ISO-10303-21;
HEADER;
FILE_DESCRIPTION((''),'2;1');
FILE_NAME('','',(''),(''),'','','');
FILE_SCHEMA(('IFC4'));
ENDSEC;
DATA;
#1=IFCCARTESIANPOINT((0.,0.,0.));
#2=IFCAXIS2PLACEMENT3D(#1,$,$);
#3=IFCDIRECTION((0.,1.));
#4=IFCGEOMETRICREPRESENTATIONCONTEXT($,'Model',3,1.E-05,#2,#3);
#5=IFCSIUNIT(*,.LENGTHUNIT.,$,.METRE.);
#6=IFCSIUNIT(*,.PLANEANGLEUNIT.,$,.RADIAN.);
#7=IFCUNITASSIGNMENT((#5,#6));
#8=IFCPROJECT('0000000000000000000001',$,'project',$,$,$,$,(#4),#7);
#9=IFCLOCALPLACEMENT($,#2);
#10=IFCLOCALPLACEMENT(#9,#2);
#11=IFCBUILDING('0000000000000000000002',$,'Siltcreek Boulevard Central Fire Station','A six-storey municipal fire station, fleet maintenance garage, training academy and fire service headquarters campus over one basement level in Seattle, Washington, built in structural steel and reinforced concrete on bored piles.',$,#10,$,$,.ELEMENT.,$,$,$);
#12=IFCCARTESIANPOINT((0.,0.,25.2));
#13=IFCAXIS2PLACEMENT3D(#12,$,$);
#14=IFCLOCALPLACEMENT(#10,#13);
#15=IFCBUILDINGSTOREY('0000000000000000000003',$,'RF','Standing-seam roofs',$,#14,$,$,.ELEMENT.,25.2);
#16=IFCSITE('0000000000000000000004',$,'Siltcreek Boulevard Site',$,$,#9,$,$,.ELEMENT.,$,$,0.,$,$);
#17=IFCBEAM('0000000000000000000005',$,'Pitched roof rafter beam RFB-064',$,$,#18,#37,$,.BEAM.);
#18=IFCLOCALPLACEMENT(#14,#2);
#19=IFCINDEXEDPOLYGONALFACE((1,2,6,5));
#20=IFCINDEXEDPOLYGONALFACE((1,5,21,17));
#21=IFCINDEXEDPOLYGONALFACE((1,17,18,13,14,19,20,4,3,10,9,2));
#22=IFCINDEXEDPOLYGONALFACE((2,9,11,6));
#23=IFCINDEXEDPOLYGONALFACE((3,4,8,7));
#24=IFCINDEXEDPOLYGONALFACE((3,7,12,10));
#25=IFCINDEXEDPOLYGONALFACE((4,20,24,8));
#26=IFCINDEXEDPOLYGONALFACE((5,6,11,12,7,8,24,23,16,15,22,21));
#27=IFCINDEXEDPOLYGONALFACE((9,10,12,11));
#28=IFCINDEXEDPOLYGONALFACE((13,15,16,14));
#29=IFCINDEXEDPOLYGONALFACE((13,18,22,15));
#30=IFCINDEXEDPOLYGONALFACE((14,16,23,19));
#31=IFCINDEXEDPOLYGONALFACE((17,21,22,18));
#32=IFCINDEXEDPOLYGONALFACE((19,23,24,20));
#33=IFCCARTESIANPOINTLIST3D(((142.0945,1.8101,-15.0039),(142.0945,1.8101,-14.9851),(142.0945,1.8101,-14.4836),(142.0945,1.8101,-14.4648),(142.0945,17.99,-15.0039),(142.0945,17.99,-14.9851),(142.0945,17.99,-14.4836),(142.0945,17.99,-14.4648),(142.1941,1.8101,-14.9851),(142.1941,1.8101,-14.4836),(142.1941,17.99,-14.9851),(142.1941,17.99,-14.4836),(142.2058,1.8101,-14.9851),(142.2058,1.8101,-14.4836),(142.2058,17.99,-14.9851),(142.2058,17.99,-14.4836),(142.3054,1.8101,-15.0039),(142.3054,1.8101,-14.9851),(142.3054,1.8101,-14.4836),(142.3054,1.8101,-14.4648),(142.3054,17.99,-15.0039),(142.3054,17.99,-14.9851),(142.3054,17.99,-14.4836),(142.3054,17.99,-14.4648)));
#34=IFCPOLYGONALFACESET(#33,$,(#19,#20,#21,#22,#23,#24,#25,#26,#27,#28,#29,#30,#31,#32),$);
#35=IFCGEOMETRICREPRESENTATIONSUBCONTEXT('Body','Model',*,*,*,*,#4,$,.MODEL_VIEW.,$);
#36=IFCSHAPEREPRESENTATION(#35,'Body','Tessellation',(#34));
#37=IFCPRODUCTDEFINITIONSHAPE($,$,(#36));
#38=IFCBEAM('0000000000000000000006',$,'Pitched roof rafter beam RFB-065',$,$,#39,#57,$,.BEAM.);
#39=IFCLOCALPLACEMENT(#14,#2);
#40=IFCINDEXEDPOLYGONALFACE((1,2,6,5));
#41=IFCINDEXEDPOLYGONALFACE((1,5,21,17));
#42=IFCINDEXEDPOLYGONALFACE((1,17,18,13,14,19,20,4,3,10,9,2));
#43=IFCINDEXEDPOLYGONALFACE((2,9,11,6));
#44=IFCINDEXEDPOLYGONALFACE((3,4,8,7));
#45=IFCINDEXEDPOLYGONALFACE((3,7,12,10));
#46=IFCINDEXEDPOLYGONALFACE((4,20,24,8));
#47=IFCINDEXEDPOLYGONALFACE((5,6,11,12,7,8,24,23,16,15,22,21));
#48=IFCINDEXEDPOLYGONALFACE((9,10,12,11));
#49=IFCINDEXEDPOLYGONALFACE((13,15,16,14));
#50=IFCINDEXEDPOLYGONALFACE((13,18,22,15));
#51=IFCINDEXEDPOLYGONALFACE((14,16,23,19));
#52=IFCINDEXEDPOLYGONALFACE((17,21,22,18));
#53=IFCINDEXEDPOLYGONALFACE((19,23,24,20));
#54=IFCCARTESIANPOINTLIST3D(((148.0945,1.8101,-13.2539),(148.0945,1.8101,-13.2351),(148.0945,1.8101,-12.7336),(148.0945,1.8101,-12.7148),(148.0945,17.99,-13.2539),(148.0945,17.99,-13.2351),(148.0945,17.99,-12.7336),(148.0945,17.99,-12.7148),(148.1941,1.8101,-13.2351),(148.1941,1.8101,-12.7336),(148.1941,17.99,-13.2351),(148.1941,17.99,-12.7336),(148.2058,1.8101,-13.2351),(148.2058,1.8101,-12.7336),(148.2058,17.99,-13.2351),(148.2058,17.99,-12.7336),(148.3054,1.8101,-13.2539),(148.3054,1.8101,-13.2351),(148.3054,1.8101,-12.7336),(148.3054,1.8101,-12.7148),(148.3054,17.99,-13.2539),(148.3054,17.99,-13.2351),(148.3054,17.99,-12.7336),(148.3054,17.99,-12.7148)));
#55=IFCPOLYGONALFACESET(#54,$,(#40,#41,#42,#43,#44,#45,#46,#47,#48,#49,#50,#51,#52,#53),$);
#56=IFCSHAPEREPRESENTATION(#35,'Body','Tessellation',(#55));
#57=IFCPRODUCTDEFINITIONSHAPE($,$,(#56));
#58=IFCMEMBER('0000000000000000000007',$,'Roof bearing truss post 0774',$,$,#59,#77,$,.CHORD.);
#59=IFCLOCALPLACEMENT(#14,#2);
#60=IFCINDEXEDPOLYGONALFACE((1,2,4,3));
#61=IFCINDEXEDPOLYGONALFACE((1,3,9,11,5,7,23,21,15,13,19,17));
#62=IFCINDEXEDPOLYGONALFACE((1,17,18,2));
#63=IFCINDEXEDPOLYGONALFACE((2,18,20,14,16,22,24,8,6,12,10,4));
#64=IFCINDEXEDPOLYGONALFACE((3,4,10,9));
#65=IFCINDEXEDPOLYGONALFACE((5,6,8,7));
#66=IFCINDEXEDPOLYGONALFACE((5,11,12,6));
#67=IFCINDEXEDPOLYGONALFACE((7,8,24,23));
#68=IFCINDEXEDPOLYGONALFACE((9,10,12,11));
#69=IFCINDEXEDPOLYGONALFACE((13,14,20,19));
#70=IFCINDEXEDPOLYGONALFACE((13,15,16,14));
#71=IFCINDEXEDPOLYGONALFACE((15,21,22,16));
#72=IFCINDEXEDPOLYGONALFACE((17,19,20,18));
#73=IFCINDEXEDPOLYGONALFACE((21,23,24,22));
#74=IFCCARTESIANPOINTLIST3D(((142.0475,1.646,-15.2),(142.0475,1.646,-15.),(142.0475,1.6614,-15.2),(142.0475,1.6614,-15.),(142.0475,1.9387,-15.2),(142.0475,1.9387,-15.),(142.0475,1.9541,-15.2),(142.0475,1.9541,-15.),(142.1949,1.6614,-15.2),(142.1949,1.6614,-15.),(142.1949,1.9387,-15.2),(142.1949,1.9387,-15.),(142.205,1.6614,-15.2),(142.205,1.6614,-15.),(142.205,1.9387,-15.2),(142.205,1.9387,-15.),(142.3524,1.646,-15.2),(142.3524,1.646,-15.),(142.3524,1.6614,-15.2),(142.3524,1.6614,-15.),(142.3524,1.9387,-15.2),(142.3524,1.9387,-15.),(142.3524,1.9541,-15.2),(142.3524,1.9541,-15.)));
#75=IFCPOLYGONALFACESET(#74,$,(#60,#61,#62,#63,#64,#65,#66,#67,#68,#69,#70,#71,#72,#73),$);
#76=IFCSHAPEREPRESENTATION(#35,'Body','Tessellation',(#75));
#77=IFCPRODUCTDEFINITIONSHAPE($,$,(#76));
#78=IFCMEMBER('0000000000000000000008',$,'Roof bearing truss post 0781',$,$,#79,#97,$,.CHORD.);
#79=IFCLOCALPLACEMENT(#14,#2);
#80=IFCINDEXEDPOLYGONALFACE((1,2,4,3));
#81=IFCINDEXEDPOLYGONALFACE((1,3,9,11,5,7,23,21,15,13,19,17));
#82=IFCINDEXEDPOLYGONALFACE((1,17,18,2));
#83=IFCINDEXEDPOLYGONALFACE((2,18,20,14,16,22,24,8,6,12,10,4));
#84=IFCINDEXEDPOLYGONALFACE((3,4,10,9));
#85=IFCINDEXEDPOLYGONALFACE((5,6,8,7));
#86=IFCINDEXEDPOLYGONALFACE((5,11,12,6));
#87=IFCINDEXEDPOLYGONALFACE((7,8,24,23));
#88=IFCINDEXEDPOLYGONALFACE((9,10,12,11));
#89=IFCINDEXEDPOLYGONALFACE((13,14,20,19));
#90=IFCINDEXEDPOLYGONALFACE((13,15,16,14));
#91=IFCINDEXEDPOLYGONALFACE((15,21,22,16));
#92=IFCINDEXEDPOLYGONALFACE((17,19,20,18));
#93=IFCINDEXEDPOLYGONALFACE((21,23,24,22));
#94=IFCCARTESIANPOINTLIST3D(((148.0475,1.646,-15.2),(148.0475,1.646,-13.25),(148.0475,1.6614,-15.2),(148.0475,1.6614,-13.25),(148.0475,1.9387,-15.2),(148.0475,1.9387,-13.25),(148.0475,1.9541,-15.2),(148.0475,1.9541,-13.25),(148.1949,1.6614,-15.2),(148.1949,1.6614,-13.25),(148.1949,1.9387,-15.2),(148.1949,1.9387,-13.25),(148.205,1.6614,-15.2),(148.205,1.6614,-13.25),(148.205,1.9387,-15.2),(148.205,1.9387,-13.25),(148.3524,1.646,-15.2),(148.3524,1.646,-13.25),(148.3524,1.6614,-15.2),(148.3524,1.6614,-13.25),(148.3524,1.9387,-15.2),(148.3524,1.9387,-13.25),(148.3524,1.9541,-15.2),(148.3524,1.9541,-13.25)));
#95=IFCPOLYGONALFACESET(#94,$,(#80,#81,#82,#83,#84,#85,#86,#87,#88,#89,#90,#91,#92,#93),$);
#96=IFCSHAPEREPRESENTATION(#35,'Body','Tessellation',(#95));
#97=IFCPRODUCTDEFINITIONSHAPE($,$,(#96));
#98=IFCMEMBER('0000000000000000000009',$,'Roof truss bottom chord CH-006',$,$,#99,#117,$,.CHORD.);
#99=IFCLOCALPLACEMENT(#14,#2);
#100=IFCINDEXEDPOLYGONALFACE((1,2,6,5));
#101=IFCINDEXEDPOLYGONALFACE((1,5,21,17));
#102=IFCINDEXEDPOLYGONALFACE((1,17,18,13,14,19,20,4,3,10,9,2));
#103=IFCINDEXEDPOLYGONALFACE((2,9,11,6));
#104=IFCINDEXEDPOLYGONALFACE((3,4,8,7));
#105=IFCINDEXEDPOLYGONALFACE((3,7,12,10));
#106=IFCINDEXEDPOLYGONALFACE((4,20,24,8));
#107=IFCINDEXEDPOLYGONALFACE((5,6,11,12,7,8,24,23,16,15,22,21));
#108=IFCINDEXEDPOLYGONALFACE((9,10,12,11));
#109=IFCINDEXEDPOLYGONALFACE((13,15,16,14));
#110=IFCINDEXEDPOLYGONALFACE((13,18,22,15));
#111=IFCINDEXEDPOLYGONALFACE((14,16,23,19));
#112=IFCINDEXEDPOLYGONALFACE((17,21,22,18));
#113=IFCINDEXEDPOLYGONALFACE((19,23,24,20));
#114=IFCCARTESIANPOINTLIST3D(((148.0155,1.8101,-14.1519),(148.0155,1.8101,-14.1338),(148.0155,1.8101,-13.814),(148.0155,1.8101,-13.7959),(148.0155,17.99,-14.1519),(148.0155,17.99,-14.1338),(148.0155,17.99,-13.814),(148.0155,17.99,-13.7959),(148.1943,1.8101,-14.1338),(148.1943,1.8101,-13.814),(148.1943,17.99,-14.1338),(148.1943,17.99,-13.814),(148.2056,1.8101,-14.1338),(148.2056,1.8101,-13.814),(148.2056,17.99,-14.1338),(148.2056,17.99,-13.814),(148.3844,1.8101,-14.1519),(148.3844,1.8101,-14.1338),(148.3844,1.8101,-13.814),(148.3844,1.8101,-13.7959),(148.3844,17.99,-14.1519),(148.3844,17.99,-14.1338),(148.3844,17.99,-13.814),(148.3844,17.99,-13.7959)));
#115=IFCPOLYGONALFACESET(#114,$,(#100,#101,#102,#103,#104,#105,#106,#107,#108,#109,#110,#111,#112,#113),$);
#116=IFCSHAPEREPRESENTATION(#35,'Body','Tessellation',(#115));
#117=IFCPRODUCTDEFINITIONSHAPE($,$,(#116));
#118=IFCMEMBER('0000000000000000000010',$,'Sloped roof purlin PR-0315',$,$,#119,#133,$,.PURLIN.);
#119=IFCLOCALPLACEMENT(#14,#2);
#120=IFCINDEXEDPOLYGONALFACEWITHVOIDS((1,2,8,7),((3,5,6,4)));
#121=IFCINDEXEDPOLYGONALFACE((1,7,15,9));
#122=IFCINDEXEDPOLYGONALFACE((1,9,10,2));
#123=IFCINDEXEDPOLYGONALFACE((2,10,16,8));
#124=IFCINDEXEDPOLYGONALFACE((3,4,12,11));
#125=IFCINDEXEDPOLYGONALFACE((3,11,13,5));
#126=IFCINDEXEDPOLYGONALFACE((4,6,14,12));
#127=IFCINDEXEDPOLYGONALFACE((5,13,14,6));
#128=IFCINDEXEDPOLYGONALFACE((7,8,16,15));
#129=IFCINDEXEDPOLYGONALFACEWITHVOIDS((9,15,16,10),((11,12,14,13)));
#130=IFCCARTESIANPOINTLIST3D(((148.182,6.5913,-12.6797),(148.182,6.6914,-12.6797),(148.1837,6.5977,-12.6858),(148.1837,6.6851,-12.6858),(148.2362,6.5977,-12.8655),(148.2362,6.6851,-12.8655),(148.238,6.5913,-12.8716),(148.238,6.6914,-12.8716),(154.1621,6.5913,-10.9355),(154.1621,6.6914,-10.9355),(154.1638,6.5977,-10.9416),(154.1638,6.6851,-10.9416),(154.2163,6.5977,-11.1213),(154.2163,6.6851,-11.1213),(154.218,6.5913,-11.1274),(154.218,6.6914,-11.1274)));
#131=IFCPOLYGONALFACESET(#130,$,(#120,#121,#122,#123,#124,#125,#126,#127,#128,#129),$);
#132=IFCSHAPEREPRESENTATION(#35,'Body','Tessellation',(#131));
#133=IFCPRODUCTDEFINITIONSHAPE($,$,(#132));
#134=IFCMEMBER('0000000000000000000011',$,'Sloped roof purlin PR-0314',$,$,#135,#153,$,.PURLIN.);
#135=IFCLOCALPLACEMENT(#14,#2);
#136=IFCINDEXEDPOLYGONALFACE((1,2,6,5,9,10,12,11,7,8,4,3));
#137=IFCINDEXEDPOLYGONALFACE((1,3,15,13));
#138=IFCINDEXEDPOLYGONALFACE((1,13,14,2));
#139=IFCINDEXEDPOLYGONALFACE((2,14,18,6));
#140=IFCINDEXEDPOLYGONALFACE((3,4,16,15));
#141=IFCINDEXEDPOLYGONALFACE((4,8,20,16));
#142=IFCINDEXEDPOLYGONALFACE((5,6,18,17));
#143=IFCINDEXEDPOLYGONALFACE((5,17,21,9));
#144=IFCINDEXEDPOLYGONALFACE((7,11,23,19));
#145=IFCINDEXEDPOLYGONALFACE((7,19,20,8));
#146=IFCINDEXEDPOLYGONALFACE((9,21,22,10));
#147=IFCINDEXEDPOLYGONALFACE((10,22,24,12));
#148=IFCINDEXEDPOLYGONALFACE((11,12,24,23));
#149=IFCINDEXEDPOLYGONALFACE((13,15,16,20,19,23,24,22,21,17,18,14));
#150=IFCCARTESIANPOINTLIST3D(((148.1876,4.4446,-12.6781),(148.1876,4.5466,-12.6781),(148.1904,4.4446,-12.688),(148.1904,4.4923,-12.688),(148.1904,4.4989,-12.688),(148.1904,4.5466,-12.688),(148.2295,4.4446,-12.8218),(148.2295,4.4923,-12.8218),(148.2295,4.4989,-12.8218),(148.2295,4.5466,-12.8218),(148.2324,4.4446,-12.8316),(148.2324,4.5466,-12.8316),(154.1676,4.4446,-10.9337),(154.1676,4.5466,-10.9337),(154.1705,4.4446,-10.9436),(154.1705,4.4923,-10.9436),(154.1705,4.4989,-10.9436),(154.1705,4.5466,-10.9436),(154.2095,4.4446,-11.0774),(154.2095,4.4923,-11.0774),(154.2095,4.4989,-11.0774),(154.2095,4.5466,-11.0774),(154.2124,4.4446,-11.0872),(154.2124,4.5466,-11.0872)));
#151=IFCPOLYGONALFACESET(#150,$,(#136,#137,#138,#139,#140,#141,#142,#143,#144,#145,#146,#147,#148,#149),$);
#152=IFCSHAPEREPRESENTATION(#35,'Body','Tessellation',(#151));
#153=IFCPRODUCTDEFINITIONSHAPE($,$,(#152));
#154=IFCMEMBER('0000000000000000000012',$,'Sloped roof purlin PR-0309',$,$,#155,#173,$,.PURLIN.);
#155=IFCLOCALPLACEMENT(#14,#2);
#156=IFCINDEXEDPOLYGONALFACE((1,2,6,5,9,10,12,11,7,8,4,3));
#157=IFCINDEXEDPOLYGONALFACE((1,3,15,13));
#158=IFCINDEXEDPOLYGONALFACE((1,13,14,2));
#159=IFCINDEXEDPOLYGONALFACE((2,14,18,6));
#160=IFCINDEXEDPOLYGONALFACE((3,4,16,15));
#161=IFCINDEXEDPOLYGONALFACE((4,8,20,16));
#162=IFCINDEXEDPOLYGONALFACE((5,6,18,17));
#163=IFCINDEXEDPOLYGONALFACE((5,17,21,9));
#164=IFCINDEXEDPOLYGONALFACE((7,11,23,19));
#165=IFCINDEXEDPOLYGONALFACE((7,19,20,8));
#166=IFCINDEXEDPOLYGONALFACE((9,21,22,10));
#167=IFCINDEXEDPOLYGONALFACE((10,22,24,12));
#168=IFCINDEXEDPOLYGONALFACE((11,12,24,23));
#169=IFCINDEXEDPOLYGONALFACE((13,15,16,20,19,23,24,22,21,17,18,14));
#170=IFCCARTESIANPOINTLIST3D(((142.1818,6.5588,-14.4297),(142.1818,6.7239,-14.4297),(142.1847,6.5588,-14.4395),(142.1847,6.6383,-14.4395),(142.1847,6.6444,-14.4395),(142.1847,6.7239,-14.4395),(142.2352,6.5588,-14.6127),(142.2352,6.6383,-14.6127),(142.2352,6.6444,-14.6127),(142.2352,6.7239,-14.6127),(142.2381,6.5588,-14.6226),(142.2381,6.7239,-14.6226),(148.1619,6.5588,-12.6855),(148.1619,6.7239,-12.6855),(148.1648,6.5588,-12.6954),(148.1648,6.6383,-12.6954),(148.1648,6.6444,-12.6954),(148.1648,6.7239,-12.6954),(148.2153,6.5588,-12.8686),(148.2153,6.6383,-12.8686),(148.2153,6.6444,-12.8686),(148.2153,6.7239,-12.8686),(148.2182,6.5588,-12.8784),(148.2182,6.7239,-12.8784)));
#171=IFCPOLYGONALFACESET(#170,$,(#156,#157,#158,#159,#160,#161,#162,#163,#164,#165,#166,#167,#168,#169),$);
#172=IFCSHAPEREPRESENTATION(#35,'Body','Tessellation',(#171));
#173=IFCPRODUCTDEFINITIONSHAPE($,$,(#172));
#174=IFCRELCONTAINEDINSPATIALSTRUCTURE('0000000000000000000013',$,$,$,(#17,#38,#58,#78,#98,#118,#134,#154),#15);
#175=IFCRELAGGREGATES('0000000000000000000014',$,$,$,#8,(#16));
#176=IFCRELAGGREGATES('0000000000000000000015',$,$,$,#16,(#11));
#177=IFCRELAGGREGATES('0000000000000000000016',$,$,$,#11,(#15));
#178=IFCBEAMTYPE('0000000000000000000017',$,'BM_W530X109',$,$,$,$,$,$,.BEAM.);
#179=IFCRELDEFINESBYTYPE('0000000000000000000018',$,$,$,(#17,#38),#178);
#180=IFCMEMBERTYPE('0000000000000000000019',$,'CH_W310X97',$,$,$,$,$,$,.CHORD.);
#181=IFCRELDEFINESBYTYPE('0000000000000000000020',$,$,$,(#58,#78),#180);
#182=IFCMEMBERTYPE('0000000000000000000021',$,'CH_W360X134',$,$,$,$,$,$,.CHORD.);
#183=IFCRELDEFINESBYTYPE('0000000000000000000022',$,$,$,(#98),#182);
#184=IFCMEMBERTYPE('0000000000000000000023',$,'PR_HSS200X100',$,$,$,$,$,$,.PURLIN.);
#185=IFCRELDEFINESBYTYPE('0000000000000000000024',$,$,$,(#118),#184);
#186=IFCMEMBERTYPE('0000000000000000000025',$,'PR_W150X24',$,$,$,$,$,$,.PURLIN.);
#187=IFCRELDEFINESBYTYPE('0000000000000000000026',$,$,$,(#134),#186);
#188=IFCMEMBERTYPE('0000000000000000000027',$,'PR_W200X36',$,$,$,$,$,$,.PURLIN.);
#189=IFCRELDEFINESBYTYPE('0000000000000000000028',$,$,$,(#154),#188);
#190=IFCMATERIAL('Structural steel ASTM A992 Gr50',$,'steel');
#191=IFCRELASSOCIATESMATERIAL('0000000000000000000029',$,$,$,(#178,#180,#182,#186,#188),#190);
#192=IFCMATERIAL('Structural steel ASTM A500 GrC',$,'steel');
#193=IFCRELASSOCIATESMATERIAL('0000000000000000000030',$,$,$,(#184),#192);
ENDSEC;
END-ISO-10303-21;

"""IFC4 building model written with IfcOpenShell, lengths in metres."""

from ifc_helpers import new_model, si_unit, direction, frame, origin, origin_2d, place, context, subcontext, project, spatial, hollow_rectangle, i_section, extrude, material, material_profile, profile_set, type_object, element, save


model = new_model("IFC4")

# Units and contexts
model_context = context("Model", 3, precision=1e-05, world=origin(), true_north=direction((0.0, 1.0)))
body_context = subcontext(model_context, "Body", "Model", "MODEL_VIEW")
ifc_project = project(units=[si_unit("LENGTHUNIT", "METRE"), si_unit("PLANEANGLEUNIT", "RADIAN")], contexts=[model_context])

# Site, building, storey
site_placement = place(None, origin())
site = spatial("IfcSite", under=ifc_project, at=site_placement, Name="Siltcreek Boulevard Site", CompositionType="ELEMENT", RefElevation=0.0)
building_placement = place(site_placement, origin())
building = spatial("IfcBuilding", under=site, at=building_placement, Name="Siltcreek Boulevard Central Fire Station", Description="A six-storey municipal fire station, fleet maintenance garage, training academy and fire service headquarters campus over one basement level in Seattle, Washington, built in structural steel and reinforced concrete on bored piles.", CompositionType="ELEMENT")
storey_placement = place(building_placement, frame((0.0, 0.0, 25.2)))
storey = spatial("IfcBuildingStorey", under=building, at=storey_placement, Name="RF", Description="Standing-seam roofs", CompositionType="ELEMENT", Elevation=25.2)

# Beams
ifc_material_1 = material(Name="Structural steel ASTM A992 Gr50", Category="steel")
ifc_material_profile_1 = material_profile(ifc_material_1, i_section(OverallWidth=0.2109, OverallDepth=0.5391, WebThickness=0.0117, FlangeThickness=0.0188, at=origin_2d()), Name="W530X109")
ifc_profile_set_1 = profile_set([ifc_material_profile_1], Name="Structural steel ASTM A992 Gr50")
beam_type = type_object("IfcBeamType", Name="BM_W530X109", PredefinedType="BEAM", material=ifc_profile_set_1)
for number, where, z_axis, x_axis, name in (
    (1, (142.2, 1.8101, -14.7344), (0.0, 1.0, 0.0), (-1.0, 0.0, 0.0), "Pitched roof rafter beam RFB-064"),
    (2, (148.2, 1.8101, -12.9844), (0.0, 1.0, 0.0), (-1.0, 0.0, 0.0), "Pitched roof rafter beam RFB-065"),
):
    element("IfcBeam", number, at=place(storey_placement, frame(where, z_axis=z_axis, x_axis=x_axis)), inside=storey, type_object=beam_type, Name=name, PredefinedType="BEAM", context=body_context, shape_type="SweptSolid", body=[
        extrude(i_section(OverallWidth=0.2109, OverallDepth=0.5391, WebThickness=0.0117, FlangeThickness=0.0188, at=origin_2d()), origin(), (0.0, 0.0, 1.0), 16.1799),
    ])

# Members
ifc_material_profile_2 = material_profile(ifc_material_1, i_section(OverallWidth=0.3049, OverallDepth=0.3081, WebThickness=0.01, FlangeThickness=0.0154, at=origin_2d()), Name="W310X97")
ifc_profile_set_2 = profile_set([ifc_material_profile_2], Name="Structural steel ASTM A992 Gr50")
member_type_1 = type_object("IfcMemberType", Name="CH_W310X97", PredefinedType="CHORD", material=ifc_profile_set_2)
member_1_placement = place(storey_placement, frame((142.2, 1.8, -15.2), z_axis=(0.0, 0.0, 1.0), x_axis=(1.0, 0.0, 0.0)))
element("IfcMember", 3, at=member_1_placement, inside=storey, type_object=member_type_1, Name="Roof bearing truss post 0774", PredefinedType="CHORD", context=body_context, shape_type="SweptSolid", body=[
    extrude(i_section(OverallWidth=0.3049, OverallDepth=0.3081, WebThickness=0.01, FlangeThickness=0.0154, at=origin_2d()), origin(), (0.0, 0.0, 1.0), 0.2),
])
member_2_placement = place(storey_placement, frame((148.2, 1.8, -15.2), z_axis=(0.0, 0.0, 1.0), x_axis=(1.0, 0.0, 0.0)))
element("IfcMember", 4, at=member_2_placement, inside=storey, type_object=member_type_1, Name="Roof bearing truss post 0781", PredefinedType="CHORD", context=body_context, shape_type="SweptSolid", body=[
    extrude(i_section(OverallWidth=0.3049, OverallDepth=0.3081, WebThickness=0.01, FlangeThickness=0.0154, at=origin_2d()), origin(), (0.0, 0.0, 1.0), 1.95),
])
ifc_material_profile_3 = material_profile(ifc_material_1, i_section(OverallWidth=0.3689, OverallDepth=0.356, WebThickness=0.0112, FlangeThickness=0.0181, at=origin_2d()), Name="W360X134")
ifc_profile_set_3 = profile_set([ifc_material_profile_3], Name="Structural steel ASTM A992 Gr50")
member_type_2 = type_object("IfcMemberType", Name="CH_W360X134", PredefinedType="CHORD", material=ifc_profile_set_3)
member_3_placement = place(storey_placement, frame((148.2, 1.8101, -13.9739), z_axis=(0.0, 1.0, 0.0), x_axis=(-1.0, 0.0, 0.0)))
element("IfcMember", 5, at=member_3_placement, inside=storey, type_object=member_type_2, Name="Roof truss bottom chord CH-006", PredefinedType="CHORD", context=body_context, shape_type="SweptSolid", body=[
    extrude(i_section(OverallWidth=0.3689, OverallDepth=0.356, WebThickness=0.0112, FlangeThickness=0.0181, at=origin_2d()), origin(), (0.0, 0.0, 1.0), 16.1799),
])
ifc_material_2 = material(Name="Structural steel ASTM A500 GrC", Category="steel")
ifc_material_profile_4 = material_profile(ifc_material_2, hollow_rectangle(XDim=0.1001, YDim=0.2, WallThickness=0.0063, at=origin_2d()), Name="HSS200X100X6.4")
ifc_profile_set_4 = profile_set([ifc_material_profile_4], Name="Structural steel ASTM A500 GrC")
member_type_3 = type_object("IfcMemberType", Name="PR_HSS200X100", PredefinedType="PURLIN", material=ifc_profile_set_4)
member_4_placement = place(storey_placement, frame((148.21, 6.6414, -12.7756), z_axis=(0.960001, 0.0, 0.279997), x_axis=(0.0, 1.0, 0.0)))
element("IfcMember", 6, at=member_4_placement, inside=storey, type_object=member_type_3, Name="Sloped roof purlin PR-0315", PredefinedType="PURLIN", context=body_context, shape_type="SweptSolid", body=[
    extrude(hollow_rectangle(XDim=0.1001, YDim=0.2, WallThickness=0.0063, at=origin_2d()), origin(), (0.0, 0.0, 1.0), 6.2292),
])
ifc_material_profile_5 = material_profile(ifc_material_1, i_section(OverallWidth=0.1021, OverallDepth=0.1599, WebThickness=0.0066, FlangeThickness=0.0103, at=origin_2d()), Name="W150X24")
ifc_profile_set_5 = profile_set([ifc_material_profile_5], Name="Structural steel ASTM A992 Gr50")
member_type_4 = type_object("IfcMemberType", Name="PR_W150X24", PredefinedType="PURLIN", material=ifc_profile_set_5)
member_5_placement = place(storey_placement, frame((148.21, 4.4956, -12.7549), z_axis=(0.95999, 0.0, 0.280033), x_axis=(0.0, 1.0, 0.0)))
element("IfcMember", 7, at=member_5_placement, inside=storey, type_object=member_type_4, Name="Sloped roof purlin PR-0314", PredefinedType="PURLIN", context=body_context, shape_type="SweptSolid", body=[
    extrude(i_section(OverallWidth=0.1021, OverallDepth=0.1599, WebThickness=0.0066, FlangeThickness=0.0103, at=origin_2d()), origin(), (0.0, 0.0, 1.0), 6.2292),
])
ifc_material_profile_6 = material_profile(ifc_material_1, i_section(OverallWidth=0.165, OverallDepth=0.2009, WebThickness=0.0061, FlangeThickness=0.0103, at=origin_2d()), Name="W200X36")
ifc_profile_set_6 = profile_set([ifc_material_profile_6], Name="Structural steel ASTM A992 Gr50")
member_type_5 = type_object("IfcMemberType", Name="PR_W200X36", PredefinedType="PURLIN", material=ifc_profile_set_6)
member_6_placement = place(storey_placement, frame((142.21, 6.6414, -14.5261), z_axis=(0.960001, 0.0, 0.279997), x_axis=(0.0, 1.0, 0.0)))
element("IfcMember", 8, at=member_6_placement, inside=storey, type_object=member_type_5, Name="Sloped roof purlin PR-0309", PredefinedType="PURLIN", context=body_context, shape_type="SweptSolid", body=[
    extrude(i_section(OverallWidth=0.165, OverallDepth=0.2009, WebThickness=0.0061, FlangeThickness=0.0103, at=origin_2d()), origin(), (0.0, 0.0, 1.0), 6.2292),
])

save(model, "model.ifc")
